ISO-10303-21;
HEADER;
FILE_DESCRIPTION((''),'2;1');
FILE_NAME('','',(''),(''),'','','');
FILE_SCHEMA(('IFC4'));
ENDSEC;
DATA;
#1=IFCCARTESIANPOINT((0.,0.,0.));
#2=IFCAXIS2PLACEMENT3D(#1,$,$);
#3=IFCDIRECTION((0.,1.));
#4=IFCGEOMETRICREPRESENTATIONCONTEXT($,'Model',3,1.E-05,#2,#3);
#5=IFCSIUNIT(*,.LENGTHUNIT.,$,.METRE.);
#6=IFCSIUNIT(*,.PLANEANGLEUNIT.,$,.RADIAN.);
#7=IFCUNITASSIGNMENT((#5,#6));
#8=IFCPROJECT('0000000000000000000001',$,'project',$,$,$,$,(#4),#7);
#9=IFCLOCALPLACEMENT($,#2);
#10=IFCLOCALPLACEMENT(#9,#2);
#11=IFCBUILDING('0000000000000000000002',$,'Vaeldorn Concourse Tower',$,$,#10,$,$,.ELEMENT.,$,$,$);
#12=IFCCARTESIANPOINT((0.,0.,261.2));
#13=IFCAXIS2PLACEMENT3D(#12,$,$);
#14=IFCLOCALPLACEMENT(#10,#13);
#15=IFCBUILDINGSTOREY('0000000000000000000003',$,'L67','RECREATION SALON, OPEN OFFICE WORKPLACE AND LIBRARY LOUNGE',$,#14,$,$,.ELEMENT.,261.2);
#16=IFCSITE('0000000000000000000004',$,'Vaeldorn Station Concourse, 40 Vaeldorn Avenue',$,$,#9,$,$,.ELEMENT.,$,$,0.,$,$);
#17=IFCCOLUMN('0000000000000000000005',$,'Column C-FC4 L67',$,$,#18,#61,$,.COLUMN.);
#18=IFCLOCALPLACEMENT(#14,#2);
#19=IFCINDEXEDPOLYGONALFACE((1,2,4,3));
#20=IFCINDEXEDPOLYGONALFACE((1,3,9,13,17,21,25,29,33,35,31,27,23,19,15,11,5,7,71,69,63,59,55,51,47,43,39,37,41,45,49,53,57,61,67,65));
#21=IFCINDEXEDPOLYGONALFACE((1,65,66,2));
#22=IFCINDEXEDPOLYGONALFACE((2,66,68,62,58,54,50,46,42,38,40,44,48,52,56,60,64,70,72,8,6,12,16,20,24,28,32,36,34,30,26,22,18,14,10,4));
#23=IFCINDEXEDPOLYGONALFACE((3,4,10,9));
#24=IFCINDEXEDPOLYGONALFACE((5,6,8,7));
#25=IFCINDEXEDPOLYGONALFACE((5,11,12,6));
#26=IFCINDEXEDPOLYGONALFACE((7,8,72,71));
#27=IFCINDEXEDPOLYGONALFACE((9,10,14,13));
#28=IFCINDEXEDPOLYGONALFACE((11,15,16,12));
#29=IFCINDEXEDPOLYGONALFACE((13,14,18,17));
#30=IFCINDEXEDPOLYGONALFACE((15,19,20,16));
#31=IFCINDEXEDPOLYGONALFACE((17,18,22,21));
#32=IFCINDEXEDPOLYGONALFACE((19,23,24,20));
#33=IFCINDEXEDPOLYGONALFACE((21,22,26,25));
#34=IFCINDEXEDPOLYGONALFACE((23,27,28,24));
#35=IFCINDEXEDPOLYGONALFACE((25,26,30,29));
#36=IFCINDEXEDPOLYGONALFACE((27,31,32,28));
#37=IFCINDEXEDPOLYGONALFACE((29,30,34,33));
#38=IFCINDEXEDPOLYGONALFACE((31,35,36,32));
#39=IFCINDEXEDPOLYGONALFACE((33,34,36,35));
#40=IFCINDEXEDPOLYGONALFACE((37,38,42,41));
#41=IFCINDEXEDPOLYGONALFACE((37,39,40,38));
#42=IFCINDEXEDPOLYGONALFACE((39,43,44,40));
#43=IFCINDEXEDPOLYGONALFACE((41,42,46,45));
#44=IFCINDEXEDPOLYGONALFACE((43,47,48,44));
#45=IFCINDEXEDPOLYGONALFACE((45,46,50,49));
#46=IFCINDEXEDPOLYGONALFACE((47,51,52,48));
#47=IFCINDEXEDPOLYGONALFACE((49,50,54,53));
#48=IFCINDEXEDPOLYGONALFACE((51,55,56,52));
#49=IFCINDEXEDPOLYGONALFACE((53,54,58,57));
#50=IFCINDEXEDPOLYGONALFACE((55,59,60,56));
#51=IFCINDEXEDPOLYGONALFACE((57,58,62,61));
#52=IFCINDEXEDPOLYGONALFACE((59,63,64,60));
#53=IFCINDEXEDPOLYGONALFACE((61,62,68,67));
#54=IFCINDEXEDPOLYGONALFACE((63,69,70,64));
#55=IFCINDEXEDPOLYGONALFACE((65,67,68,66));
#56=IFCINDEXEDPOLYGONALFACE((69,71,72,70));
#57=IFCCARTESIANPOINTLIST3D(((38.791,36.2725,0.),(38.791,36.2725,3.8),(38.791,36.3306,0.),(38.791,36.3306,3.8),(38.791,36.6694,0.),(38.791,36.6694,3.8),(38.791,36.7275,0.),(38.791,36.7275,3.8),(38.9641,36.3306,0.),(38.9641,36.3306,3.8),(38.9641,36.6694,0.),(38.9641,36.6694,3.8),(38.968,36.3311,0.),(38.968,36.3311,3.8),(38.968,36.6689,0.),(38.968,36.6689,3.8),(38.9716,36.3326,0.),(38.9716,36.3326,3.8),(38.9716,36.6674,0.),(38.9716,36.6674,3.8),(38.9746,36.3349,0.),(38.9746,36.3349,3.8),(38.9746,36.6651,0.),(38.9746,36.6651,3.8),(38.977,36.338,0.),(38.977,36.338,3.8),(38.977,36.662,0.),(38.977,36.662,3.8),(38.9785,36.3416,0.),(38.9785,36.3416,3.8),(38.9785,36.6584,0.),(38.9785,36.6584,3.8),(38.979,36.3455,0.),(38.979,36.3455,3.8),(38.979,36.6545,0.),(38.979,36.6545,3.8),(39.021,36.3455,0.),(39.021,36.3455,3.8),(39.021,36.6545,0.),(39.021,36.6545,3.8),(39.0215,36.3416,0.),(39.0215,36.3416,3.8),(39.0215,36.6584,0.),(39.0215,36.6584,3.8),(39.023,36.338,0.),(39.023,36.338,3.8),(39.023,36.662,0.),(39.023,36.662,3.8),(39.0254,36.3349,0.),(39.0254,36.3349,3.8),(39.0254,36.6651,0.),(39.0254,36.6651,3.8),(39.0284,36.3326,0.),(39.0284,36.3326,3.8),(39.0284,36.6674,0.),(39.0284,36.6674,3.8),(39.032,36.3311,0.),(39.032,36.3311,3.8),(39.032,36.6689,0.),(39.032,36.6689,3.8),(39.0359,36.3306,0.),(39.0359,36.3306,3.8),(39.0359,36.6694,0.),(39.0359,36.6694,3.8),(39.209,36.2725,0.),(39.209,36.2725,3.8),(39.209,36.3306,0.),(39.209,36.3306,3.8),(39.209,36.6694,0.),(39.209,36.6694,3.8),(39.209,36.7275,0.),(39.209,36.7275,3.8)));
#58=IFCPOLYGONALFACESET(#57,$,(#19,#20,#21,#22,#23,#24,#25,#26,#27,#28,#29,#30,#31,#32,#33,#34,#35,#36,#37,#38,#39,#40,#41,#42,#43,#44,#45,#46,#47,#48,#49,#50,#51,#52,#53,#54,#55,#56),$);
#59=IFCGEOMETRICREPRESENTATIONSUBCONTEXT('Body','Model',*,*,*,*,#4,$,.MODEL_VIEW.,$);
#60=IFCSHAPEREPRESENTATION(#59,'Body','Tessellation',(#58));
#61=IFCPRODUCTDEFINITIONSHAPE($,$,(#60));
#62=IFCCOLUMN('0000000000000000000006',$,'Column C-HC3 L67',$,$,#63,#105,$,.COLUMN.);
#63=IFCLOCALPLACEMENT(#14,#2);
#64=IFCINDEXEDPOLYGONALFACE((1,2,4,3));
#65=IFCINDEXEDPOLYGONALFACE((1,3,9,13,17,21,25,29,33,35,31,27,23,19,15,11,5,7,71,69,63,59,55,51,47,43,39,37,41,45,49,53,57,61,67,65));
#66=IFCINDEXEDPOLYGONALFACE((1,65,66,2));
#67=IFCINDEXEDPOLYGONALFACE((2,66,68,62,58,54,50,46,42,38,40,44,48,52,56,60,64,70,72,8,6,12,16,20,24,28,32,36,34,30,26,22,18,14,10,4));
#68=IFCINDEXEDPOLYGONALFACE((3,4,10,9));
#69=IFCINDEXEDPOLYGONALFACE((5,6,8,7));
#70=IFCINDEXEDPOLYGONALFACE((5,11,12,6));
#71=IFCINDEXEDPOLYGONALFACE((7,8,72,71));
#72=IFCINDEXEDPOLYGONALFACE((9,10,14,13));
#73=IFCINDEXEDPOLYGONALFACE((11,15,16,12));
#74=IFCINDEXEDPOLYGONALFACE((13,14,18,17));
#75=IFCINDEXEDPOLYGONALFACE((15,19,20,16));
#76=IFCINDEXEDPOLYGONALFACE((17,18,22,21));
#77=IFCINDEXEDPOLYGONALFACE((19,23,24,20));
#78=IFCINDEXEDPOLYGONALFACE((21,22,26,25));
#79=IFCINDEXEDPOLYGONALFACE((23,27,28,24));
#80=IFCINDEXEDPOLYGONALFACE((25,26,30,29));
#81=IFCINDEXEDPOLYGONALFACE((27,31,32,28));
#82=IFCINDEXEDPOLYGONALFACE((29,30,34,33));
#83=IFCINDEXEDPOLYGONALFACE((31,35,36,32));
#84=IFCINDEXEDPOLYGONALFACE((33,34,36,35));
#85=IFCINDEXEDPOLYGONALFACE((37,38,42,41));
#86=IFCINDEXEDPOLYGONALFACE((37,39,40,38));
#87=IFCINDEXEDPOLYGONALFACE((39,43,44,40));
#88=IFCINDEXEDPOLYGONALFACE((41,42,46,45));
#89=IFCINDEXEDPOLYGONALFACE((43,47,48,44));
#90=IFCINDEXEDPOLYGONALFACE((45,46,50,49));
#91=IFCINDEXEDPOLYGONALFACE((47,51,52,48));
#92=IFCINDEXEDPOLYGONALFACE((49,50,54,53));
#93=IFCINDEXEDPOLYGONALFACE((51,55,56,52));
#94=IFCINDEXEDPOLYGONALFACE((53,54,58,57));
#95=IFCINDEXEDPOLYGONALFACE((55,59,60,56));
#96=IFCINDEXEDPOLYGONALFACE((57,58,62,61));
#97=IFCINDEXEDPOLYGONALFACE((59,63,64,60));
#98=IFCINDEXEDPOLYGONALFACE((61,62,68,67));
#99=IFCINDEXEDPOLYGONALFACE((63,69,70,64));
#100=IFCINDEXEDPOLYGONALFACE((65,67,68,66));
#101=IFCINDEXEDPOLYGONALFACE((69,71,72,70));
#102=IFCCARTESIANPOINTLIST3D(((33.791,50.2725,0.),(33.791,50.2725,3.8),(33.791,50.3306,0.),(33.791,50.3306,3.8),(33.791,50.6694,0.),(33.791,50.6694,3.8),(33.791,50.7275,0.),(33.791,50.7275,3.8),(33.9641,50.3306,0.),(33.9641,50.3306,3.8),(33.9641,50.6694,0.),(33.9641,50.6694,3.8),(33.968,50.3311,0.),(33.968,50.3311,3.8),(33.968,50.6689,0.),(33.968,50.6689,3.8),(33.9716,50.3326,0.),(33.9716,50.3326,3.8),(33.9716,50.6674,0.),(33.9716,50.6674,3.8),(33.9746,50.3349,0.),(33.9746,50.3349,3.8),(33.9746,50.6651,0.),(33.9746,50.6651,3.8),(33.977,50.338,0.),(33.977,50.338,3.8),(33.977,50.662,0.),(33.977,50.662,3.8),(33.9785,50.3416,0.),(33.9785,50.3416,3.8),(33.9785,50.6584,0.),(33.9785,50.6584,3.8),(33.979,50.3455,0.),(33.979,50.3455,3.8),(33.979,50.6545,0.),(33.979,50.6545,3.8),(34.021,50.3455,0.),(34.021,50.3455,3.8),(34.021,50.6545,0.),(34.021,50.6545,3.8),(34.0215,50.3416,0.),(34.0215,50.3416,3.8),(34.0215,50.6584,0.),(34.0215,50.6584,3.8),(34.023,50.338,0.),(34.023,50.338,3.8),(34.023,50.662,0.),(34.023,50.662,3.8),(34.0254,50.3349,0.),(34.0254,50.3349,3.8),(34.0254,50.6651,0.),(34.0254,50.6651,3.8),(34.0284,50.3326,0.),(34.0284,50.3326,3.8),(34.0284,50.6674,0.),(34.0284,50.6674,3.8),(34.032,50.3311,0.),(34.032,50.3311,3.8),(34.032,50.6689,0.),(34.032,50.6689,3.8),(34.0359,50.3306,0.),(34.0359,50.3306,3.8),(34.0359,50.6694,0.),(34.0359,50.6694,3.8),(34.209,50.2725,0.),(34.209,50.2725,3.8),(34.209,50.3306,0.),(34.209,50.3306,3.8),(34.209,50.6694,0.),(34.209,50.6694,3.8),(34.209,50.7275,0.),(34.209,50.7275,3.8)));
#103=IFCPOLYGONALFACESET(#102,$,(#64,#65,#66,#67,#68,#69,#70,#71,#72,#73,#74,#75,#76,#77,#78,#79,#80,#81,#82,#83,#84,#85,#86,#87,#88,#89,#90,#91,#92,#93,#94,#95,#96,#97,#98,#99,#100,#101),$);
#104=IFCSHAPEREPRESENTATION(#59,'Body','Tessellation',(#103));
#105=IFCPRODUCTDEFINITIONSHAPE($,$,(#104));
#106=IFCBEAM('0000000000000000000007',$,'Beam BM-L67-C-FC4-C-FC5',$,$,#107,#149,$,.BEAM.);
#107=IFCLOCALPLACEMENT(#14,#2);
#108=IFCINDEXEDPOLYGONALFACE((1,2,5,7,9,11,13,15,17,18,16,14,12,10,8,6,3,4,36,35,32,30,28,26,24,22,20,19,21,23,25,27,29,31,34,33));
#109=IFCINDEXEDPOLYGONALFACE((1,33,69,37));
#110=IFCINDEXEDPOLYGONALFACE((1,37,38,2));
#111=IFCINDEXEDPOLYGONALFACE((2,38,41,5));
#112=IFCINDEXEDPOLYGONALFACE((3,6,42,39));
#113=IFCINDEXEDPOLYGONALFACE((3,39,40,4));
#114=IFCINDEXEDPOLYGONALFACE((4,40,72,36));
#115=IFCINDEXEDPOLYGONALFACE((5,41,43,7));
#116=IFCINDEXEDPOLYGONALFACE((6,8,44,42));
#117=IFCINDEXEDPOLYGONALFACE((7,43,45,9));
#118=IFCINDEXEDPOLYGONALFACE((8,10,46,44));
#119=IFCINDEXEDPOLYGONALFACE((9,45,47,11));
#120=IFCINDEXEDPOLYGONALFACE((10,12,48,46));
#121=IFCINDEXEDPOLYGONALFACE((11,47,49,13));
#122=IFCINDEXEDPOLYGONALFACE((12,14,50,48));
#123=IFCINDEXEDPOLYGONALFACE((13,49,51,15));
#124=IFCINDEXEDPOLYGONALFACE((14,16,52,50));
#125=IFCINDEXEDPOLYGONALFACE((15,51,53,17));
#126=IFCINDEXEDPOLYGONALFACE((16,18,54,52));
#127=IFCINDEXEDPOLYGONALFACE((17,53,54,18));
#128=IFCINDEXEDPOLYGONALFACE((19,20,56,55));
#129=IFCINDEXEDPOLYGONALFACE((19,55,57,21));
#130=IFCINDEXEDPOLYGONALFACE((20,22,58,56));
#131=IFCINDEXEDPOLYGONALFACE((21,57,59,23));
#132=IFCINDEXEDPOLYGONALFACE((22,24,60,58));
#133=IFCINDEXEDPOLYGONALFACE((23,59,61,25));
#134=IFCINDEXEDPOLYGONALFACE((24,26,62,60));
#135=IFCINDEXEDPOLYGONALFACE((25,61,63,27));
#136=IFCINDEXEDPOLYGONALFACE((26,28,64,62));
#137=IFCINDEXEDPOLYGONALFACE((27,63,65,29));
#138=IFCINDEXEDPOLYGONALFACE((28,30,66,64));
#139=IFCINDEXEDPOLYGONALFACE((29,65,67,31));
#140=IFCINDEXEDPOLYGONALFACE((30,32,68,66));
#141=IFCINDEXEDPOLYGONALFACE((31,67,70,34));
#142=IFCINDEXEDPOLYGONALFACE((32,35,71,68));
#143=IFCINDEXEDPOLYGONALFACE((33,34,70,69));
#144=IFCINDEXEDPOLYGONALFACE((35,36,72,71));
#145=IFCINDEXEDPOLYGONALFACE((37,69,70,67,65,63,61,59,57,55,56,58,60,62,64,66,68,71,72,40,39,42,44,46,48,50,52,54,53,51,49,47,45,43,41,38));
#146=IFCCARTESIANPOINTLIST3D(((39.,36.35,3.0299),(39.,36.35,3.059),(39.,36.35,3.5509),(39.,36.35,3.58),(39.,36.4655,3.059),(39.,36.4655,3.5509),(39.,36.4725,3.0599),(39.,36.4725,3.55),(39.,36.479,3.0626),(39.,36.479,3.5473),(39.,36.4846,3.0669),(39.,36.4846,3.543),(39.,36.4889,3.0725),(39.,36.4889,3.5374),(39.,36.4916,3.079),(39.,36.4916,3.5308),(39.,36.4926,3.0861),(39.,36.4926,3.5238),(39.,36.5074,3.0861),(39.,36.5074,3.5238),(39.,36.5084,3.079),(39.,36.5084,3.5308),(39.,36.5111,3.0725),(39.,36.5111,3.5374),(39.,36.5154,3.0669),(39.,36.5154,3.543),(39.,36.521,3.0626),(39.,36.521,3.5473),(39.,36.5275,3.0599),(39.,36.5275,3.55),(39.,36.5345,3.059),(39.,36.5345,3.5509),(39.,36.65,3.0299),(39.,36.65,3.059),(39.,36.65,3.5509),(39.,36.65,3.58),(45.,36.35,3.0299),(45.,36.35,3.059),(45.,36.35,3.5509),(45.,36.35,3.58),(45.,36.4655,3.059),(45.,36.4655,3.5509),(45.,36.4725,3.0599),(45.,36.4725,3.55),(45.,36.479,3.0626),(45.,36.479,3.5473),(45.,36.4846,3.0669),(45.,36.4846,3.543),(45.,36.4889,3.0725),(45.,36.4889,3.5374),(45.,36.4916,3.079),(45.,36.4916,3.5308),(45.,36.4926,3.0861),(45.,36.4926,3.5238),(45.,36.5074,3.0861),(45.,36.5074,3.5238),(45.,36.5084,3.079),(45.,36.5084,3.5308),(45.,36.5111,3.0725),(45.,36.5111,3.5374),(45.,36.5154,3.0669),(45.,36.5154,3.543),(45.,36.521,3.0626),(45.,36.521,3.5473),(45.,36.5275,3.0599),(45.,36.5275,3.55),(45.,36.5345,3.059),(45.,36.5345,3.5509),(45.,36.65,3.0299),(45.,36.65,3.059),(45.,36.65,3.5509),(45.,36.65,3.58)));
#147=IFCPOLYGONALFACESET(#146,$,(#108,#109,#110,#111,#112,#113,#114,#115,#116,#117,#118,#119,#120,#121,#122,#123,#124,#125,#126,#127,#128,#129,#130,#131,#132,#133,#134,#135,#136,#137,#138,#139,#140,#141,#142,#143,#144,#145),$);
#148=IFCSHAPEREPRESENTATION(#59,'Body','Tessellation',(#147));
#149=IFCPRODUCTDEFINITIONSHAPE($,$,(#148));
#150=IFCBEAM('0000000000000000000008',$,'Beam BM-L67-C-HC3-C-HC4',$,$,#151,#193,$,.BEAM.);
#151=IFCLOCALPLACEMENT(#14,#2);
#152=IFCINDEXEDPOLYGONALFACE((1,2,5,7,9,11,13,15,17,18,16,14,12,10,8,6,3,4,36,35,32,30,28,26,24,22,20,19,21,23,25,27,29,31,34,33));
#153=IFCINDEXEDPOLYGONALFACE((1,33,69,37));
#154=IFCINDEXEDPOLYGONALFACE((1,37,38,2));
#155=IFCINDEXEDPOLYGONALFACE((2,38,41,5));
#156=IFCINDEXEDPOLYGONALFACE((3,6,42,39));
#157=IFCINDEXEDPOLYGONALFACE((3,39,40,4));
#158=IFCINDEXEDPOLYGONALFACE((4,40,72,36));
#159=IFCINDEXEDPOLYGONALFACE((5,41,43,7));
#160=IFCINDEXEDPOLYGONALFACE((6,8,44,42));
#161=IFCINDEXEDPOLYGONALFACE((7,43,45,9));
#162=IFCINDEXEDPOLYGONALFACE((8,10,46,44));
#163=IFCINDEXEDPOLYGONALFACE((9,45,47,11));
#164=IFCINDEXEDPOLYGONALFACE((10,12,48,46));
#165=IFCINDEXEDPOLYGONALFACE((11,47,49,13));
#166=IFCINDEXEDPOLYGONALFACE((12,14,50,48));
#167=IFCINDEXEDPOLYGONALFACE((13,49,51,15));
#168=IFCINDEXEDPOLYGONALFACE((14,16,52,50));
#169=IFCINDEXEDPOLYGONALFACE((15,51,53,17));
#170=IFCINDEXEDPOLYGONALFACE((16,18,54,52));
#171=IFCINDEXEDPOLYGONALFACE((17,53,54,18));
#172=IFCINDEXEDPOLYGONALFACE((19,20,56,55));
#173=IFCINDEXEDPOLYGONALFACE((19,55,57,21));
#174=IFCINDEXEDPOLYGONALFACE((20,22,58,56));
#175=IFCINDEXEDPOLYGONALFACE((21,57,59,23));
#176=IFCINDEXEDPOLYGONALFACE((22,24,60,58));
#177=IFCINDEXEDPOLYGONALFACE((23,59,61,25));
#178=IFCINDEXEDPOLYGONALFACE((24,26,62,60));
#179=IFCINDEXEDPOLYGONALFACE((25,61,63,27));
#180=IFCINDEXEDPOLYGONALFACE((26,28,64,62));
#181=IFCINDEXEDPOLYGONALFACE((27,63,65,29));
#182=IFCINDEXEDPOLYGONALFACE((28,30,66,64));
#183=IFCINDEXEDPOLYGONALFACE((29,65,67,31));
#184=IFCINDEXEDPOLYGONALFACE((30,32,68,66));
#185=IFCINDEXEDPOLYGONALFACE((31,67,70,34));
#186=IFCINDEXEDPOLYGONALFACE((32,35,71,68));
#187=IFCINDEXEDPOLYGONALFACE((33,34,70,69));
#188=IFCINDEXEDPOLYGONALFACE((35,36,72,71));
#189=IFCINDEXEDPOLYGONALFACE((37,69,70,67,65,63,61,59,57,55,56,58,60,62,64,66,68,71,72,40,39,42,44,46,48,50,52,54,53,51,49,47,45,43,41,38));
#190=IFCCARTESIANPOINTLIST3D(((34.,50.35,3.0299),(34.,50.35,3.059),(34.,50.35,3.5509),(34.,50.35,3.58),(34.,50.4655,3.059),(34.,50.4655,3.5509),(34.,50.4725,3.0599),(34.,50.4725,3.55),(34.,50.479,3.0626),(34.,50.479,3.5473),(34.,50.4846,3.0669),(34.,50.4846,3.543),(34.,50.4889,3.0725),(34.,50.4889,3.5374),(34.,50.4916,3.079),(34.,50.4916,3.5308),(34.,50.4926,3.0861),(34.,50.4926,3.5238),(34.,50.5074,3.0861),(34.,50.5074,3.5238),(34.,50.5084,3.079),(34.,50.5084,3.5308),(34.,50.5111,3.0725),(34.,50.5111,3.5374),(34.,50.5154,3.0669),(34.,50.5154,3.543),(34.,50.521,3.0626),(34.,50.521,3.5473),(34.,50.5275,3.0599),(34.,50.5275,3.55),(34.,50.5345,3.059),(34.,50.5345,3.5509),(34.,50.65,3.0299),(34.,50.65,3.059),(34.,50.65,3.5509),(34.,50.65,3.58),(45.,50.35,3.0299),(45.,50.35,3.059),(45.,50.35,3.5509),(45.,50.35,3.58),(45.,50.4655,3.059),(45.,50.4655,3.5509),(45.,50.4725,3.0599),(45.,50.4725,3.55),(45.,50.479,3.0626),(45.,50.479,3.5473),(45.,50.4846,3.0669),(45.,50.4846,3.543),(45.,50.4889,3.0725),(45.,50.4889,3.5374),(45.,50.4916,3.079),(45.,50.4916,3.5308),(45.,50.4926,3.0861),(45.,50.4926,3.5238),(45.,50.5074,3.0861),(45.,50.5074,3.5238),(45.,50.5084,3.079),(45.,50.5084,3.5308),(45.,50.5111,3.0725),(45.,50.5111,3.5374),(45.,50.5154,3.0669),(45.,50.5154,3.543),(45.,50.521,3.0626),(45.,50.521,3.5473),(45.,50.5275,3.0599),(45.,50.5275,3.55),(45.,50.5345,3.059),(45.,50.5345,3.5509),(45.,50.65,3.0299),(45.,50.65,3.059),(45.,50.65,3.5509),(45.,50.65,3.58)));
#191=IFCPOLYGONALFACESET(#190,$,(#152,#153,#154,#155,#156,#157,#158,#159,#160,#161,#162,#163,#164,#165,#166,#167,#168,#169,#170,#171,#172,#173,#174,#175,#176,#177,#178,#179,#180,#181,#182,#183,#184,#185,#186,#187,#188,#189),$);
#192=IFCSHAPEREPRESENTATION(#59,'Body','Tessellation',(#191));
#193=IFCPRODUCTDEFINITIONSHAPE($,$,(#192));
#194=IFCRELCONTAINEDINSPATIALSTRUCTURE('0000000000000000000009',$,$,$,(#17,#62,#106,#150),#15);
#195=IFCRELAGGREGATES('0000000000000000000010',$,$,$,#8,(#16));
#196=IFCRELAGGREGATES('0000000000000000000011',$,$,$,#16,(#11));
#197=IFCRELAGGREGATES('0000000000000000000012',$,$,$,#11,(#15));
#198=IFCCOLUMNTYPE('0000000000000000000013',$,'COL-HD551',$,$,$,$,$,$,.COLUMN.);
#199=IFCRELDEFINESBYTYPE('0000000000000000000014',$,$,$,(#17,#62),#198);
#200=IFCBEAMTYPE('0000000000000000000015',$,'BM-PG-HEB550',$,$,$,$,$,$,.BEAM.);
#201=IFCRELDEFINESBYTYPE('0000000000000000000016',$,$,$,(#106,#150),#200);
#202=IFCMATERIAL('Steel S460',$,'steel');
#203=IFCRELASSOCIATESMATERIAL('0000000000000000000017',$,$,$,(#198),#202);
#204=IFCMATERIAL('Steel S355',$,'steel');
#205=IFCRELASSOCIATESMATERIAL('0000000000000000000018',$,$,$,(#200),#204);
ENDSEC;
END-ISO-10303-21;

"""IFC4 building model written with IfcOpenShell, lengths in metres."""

from ifc_helpers import new_model, si_unit, direction, frame, origin, origin_2d, place, context, subcontext, project, spatial, i_section, extrude, source, transform, mapped, material, material_profile, profile_set, type_object, element, save


model = new_model("IFC4")

# Units and contexts
model_context = context("Model", 3, precision=1e-05, world=origin(), true_north=direction((0.0, 1.0)))
body_context = subcontext(model_context, "Body", "Model", "MODEL_VIEW")
ifc_project = project(units=[si_unit("LENGTHUNIT", "METRE"), si_unit("PLANEANGLEUNIT", "RADIAN")], contexts=[model_context])

# Site, building, storey
site_placement = place(None, origin())
site = spatial("IfcSite", under=ifc_project, at=site_placement, Name="Vaeldorn Station Concourse, 40 Vaeldorn Avenue", CompositionType="ELEMENT", RefElevation=0.0)
building_placement = place(site_placement, origin())
building = spatial("IfcBuilding", under=site, at=building_placement, Name="Vaeldorn Concourse Tower", CompositionType="ELEMENT")
storey_placement = place(building_placement, frame((0.0, 0.0, 261.2)))
storey = spatial("IfcBuildingStorey", under=building, at=storey_placement, Name="L67", Description="RECREATION SALON, OPEN OFFICE WORKPLACE AND LIBRARY LOUNGE", CompositionType="ELEMENT", Elevation=261.2)

# Columns
ifc_material_1 = material(Name="Steel S460", Category="steel")
ifc_material_profile_1 = material_profile(ifc_material_1, i_section(OverallWidth=0.418, OverallDepth=0.4551, WebThickness=0.042, FlangeThickness=0.0581, FilletRadius=0.0149, at=origin_2d()), Name="HD 400x551")
ifc_profile_set_1 = profile_set([ifc_material_profile_1], Name="Steel S460")
column_type = type_object("IfcColumnType", Name="COL-HD551", PredefinedType="COLUMN", material=ifc_profile_set_1)
shared_shape_1 = source(origin(), body_context, "Body", "SweptSolid", [
    extrude(i_section(OverallWidth=0.418, OverallDepth=0.4551, WebThickness=0.042, FlangeThickness=0.0581, FilletRadius=0.0149, at=origin_2d()), origin(), (0.0, 0.0, 1.0), 3.8),
])
for number, where, z_axis, x_axis, name in (
    (1, (39.0, 36.5, 0.0), (0.0, 0.0, 1.0), (1.0, 0.0, 0.0), "Column C-FC4 L67"),
    (2, (34.0, 50.5, 0.0), (0.0, 0.0, 1.0), (1.0, 0.0, 0.0), "Column C-HC3 L67"),
):
    element("IfcColumn", number, at=place(storey_placement, frame(where, z_axis=z_axis, x_axis=x_axis)), inside=storey, type_object=column_type, Name=name, PredefinedType="COLUMN", context=body_context, shape_type="MappedRepresentation", body=[
        mapped(shared_shape_1, transform((0.0, 0.0, 0.0), scale=1.0)),
    ])

# Beams
ifc_material_2 = material(Name="Steel S355", Category="steel")
ifc_material_profile_2 = material_profile(ifc_material_2, i_section(OverallWidth=0.3, OverallDepth=0.55, WebThickness=0.0149, FlangeThickness=0.0291, FilletRadius=0.0271, at=origin_2d()), Name="HEB 550")
ifc_profile_set_2 = profile_set([ifc_material_profile_2], Name="Steel S355")
beam_type = type_object("IfcBeamType", Name="BM-PG-HEB550", PredefinedType="BEAM", material=ifc_profile_set_2)
shared_shape_2 = source(origin(), body_context, "Body", "SweptSolid", [
    extrude(i_section(OverallWidth=0.3, OverallDepth=0.55, WebThickness=0.0149, FlangeThickness=0.0291, FilletRadius=0.0271, at=origin_2d()), origin(), (0.0, 0.0, 1.0), 6.0),
])
beam_1_placement = place(storey_placement, frame((39.0, 36.5, 3.3049), z_axis=(1.0, 0.0, 0.0), x_axis=(0.0, 1.0, 0.0)))
element("IfcBeam", 3, at=beam_1_placement, inside=storey, type_object=beam_type, Name="Beam BM-L67-C-FC4-C-FC5", PredefinedType="BEAM", context=body_context, shape_type="MappedRepresentation", body=[
    mapped(shared_shape_2, transform((0.0, 0.0, 0.0), scale=1.0)),
])
shared_shape_3 = source(origin(), body_context, "Body", "SweptSolid", [
    extrude(i_section(OverallWidth=0.3, OverallDepth=0.55, WebThickness=0.0149, FlangeThickness=0.0291, FilletRadius=0.0271, at=origin_2d()), origin(), (0.0, 0.0, 1.0), 11.0),
])
beam_2_placement = place(storey_placement, frame((34.0, 50.5, 3.3049), z_axis=(1.0, 0.0, 0.0), x_axis=(0.0, 1.0, 0.0)))
element("IfcBeam", 4, at=beam_2_placement, inside=storey, type_object=beam_type, Name="Beam BM-L67-C-HC3-C-HC4", PredefinedType="BEAM", context=body_context, shape_type="MappedRepresentation", body=[
    mapped(shared_shape_3, transform((0.0, 0.0, 0.0), scale=1.0)),
])

save(model, "model.ifc")
